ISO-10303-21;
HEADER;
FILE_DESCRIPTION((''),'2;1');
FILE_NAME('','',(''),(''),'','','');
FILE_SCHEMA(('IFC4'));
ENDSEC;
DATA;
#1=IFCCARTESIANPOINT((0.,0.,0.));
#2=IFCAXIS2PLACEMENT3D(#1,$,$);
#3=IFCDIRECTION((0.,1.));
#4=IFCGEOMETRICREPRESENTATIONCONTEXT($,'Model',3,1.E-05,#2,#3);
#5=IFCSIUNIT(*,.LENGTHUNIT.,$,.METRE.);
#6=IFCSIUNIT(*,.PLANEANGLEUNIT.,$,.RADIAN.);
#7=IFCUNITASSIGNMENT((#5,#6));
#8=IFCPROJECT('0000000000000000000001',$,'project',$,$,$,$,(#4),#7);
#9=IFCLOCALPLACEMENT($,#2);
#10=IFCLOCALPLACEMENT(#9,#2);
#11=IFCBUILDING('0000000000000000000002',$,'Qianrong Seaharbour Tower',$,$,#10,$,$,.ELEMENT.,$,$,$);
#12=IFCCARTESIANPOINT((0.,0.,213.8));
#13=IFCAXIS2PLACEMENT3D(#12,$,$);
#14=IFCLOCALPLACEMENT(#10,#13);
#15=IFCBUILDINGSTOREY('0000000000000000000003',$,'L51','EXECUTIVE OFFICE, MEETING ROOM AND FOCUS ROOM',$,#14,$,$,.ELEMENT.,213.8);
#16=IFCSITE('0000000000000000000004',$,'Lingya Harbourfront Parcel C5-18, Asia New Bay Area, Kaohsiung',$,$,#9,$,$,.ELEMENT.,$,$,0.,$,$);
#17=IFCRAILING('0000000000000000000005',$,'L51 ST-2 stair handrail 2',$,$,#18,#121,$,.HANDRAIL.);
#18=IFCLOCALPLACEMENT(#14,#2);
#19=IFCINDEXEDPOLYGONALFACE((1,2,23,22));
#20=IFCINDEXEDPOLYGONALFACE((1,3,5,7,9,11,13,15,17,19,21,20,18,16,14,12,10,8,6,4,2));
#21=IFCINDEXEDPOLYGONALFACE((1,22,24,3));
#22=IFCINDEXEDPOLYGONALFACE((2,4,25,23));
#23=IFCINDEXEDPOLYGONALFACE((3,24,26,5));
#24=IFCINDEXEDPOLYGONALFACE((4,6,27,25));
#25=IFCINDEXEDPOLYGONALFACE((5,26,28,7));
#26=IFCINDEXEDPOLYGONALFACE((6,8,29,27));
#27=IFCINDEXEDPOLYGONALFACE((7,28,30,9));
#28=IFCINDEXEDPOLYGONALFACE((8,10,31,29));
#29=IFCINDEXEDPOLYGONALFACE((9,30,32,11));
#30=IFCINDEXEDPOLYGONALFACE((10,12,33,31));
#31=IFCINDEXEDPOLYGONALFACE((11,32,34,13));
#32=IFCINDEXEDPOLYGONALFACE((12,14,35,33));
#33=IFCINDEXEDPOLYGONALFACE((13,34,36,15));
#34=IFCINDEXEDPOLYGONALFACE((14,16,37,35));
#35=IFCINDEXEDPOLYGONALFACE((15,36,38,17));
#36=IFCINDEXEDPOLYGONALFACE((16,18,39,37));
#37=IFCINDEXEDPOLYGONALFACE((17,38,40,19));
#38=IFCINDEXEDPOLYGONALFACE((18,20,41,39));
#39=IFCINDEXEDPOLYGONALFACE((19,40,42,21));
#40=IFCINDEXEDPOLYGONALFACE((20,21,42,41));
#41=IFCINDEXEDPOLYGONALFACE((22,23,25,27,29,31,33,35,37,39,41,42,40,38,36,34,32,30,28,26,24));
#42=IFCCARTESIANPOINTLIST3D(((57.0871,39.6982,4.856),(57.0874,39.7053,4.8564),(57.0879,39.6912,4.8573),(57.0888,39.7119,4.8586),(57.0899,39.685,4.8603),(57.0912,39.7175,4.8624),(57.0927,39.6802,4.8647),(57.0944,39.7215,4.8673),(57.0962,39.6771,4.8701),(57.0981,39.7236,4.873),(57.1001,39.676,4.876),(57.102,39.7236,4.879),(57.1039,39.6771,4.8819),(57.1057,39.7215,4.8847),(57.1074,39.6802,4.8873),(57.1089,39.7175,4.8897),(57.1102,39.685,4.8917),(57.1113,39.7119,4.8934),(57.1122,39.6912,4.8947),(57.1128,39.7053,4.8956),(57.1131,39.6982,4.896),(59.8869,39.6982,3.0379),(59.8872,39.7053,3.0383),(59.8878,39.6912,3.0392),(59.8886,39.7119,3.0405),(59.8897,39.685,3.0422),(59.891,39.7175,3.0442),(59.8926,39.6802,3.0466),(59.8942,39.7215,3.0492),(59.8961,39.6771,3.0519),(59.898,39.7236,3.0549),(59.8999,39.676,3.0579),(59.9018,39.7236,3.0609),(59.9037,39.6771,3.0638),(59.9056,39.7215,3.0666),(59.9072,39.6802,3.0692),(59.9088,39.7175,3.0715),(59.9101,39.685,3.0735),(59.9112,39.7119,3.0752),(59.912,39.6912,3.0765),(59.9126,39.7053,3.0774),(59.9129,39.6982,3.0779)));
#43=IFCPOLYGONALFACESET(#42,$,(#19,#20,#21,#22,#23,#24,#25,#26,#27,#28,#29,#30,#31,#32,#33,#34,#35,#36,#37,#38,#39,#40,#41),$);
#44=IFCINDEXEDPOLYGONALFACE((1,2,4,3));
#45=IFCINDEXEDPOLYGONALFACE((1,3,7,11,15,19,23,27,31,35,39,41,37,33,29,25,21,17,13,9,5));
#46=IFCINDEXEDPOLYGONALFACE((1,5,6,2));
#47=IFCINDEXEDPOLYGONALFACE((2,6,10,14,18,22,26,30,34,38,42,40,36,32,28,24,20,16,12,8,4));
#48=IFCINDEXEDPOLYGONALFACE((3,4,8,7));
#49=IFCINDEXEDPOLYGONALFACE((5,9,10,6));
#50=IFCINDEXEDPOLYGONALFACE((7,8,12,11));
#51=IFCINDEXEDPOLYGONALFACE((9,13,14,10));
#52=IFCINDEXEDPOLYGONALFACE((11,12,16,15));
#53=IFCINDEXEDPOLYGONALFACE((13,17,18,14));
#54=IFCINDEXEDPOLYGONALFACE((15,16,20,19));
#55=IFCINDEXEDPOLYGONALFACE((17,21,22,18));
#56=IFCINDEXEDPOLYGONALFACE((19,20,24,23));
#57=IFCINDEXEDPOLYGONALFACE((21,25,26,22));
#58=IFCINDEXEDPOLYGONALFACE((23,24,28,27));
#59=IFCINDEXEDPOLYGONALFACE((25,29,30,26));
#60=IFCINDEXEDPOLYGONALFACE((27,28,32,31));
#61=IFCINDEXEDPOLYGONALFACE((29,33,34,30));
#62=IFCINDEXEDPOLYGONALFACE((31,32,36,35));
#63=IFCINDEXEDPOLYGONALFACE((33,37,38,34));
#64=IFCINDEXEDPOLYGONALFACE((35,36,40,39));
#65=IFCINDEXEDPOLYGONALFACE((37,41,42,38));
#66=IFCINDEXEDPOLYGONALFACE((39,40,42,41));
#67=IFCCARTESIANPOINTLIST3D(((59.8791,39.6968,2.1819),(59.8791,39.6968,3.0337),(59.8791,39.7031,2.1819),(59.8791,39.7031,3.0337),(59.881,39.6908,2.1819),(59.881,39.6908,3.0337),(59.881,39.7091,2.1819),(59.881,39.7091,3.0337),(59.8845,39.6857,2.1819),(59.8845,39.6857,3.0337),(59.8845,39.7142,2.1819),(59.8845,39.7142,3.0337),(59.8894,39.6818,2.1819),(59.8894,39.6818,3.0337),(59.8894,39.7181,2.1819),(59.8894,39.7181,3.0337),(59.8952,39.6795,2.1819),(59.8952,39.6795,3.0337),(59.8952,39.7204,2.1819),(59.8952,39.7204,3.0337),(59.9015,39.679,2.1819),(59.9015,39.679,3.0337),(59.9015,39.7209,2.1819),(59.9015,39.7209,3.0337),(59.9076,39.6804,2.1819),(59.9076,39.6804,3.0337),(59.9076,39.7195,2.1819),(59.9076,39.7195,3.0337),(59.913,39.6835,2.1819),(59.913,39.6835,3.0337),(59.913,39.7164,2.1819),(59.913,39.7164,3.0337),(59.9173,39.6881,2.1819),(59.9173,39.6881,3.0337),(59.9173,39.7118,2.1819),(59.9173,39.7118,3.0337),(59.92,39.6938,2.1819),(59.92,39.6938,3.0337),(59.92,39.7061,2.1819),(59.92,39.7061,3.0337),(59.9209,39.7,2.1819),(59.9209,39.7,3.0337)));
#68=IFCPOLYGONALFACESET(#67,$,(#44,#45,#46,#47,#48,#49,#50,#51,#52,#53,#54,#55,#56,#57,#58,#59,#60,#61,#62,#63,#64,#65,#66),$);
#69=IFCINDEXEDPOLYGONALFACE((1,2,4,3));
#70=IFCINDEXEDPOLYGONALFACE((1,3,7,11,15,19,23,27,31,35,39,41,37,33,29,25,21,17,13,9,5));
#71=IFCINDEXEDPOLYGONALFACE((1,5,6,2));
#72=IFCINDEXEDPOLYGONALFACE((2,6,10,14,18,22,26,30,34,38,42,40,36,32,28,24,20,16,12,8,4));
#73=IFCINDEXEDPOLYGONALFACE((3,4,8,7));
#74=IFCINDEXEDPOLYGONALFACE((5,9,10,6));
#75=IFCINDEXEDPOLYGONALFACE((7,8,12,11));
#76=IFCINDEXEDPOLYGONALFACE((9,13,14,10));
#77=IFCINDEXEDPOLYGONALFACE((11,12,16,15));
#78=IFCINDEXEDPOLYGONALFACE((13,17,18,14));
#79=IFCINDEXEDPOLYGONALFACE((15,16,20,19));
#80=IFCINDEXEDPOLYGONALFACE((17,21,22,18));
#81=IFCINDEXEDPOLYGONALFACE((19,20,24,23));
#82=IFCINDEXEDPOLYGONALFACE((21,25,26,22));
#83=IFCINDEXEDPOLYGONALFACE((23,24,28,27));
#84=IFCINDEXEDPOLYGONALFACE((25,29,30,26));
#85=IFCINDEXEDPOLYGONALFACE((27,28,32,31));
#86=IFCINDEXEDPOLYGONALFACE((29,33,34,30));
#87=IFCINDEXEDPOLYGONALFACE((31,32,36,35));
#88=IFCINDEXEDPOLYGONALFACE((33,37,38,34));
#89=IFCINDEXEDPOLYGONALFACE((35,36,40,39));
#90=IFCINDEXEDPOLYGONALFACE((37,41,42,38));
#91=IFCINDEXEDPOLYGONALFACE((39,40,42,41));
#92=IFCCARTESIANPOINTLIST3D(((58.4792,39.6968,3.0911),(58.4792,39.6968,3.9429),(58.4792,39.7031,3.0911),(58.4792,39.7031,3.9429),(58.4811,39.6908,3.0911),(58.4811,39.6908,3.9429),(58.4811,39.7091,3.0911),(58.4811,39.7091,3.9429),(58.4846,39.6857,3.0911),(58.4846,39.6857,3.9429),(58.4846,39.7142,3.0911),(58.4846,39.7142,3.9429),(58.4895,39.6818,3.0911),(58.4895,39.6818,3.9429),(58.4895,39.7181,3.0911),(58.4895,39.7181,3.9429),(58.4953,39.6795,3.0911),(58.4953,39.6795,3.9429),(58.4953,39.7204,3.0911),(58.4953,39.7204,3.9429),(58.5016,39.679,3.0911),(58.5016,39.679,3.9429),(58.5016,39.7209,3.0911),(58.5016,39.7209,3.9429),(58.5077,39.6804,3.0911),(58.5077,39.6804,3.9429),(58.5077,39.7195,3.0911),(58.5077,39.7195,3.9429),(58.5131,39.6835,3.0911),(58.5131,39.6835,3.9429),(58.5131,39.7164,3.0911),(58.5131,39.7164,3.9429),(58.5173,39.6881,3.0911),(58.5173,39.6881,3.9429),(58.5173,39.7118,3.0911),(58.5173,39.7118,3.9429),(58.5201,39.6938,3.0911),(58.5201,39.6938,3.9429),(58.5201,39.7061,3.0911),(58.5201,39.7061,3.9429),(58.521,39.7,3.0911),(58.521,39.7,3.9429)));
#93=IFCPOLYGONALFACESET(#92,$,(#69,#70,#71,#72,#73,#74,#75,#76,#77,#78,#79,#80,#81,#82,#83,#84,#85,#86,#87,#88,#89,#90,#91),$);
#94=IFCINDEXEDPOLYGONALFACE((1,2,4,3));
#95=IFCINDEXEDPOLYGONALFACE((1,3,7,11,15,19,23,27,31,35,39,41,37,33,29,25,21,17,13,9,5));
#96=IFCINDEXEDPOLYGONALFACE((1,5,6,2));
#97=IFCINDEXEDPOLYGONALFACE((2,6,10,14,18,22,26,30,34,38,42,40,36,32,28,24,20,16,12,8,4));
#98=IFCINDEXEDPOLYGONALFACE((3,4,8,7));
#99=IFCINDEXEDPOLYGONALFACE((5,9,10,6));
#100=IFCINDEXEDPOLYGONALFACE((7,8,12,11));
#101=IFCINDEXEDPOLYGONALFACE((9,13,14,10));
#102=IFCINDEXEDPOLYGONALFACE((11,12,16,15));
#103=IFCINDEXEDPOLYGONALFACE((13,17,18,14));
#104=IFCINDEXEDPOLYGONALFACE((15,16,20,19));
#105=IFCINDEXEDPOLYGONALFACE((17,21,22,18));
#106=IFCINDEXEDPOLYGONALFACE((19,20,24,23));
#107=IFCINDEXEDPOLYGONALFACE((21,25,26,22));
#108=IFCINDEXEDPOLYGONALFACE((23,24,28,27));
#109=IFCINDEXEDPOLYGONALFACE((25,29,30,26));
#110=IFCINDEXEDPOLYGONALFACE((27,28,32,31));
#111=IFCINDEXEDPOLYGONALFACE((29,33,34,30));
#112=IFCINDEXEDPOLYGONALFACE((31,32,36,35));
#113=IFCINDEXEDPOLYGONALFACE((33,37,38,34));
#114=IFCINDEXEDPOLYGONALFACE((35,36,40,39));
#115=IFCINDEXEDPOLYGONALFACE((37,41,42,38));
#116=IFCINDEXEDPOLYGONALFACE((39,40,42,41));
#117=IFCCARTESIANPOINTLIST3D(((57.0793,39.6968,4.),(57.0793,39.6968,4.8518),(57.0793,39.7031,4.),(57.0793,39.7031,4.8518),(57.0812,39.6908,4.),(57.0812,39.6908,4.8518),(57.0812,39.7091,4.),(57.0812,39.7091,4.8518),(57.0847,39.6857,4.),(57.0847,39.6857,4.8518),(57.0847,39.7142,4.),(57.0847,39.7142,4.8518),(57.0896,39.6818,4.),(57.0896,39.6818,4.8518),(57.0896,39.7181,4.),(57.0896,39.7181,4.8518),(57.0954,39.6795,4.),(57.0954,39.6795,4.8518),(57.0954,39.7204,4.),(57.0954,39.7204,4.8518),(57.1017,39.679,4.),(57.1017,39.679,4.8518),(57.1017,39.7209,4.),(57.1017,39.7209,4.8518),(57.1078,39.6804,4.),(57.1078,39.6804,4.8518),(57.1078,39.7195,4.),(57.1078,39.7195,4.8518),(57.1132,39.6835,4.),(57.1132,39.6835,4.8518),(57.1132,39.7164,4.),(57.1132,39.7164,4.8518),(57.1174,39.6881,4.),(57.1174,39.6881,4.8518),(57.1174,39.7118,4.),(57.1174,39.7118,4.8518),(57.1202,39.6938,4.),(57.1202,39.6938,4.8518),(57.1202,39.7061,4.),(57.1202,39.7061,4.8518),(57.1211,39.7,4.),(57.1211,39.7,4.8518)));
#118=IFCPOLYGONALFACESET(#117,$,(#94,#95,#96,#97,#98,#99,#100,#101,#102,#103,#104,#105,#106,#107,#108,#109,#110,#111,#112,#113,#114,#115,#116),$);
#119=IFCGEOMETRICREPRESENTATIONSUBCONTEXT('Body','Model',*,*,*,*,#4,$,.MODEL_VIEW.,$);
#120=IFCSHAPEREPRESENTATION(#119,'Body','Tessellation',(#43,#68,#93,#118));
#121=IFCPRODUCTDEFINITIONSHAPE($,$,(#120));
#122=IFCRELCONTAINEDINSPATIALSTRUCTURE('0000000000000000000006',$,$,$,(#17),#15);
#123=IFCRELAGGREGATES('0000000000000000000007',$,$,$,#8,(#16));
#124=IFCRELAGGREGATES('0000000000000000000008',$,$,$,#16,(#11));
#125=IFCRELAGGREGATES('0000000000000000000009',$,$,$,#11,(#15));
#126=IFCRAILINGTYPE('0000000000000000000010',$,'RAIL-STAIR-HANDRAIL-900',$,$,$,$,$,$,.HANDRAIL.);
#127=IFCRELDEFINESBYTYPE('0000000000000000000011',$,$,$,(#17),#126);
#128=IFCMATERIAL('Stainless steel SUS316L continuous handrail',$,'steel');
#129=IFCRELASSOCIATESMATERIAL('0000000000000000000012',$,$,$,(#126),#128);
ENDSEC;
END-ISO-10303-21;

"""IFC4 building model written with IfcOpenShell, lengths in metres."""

from ifc_helpers import new_model, si_unit, direction, frame, origin, origin_2d, place, context, subcontext, project, spatial, circle, extrude, material, type_object, element, save


model = new_model("IFC4")

# Units and contexts
model_context = context("Model", 3, precision=1e-05, world=origin(), true_north=direction((0.0, 1.0)))
body_context = subcontext(model_context, "Body", "Model", "MODEL_VIEW")
ifc_project = project(units=[si_unit("LENGTHUNIT", "METRE"), si_unit("PLANEANGLEUNIT", "RADIAN")], contexts=[model_context])

# Site, building, storey
site_placement = place(None, origin())
site = spatial("IfcSite", under=ifc_project, at=site_placement, Name="Lingya Harbourfront Parcel C5-18, Asia New Bay Area, Kaohsiung", CompositionType="ELEMENT", RefElevation=0.0)
building_placement = place(site_placement, origin())
building = spatial("IfcBuilding", under=site, at=building_placement, Name="Qianrong Seaharbour Tower", CompositionType="ELEMENT")
storey_placement = place(building_placement, frame((0.0, 0.0, 213.8)))
storey = spatial("IfcBuildingStorey", under=building, at=storey_placement, Name="L51", Description="EXECUTIVE OFFICE, MEETING ROOM AND FOCUS ROOM", CompositionType="ELEMENT", Elevation=213.8)

# Railing
ifc_material_1 = material(Name="Stainless steel SUS316L continuous handrail", Category="steel")
railing_type_1 = type_object("IfcRailingType", Name="RAIL-STAIR-HANDRAIL-900", PredefinedType="HANDRAIL", material=ifc_material_1)
railing_1_placement = place(storey_placement, frame((59.8999, 39.7, 2.1819)))
element("IfcRailing", 1, at=railing_1_placement, inside=storey, type_object=railing_type_1, Name="L51 ST-2 stair handrail 2", PredefinedType="HANDRAIL", context=body_context, shape_type="SweptSolid", body=[
    extrude(circle(Radius=0.0239, at=origin_2d()), frame((0.0, 0.0, 0.876), z_axis=(-0.838684, 0.0, 0.544618), x_axis=(0.0, -1.0, 0.0)), (0.0, 0.0, 1.0), 3.3384),
    extrude(circle(Radius=0.021, at=origin_2d()), origin(), (0.0, 0.0, 1.0), 0.8518),
    extrude(circle(Radius=0.021, at=origin_2d()), frame((-1.3999, 0.0, 0.9092)), (0.0, 0.0, 1.0), 0.8518),
    extrude(circle(Radius=0.021, at=origin_2d()), frame((-2.7998, 0.0, 1.8181)), (0.0, 0.0, 1.0), 0.8518),
])

save(model, "model.ifc")
